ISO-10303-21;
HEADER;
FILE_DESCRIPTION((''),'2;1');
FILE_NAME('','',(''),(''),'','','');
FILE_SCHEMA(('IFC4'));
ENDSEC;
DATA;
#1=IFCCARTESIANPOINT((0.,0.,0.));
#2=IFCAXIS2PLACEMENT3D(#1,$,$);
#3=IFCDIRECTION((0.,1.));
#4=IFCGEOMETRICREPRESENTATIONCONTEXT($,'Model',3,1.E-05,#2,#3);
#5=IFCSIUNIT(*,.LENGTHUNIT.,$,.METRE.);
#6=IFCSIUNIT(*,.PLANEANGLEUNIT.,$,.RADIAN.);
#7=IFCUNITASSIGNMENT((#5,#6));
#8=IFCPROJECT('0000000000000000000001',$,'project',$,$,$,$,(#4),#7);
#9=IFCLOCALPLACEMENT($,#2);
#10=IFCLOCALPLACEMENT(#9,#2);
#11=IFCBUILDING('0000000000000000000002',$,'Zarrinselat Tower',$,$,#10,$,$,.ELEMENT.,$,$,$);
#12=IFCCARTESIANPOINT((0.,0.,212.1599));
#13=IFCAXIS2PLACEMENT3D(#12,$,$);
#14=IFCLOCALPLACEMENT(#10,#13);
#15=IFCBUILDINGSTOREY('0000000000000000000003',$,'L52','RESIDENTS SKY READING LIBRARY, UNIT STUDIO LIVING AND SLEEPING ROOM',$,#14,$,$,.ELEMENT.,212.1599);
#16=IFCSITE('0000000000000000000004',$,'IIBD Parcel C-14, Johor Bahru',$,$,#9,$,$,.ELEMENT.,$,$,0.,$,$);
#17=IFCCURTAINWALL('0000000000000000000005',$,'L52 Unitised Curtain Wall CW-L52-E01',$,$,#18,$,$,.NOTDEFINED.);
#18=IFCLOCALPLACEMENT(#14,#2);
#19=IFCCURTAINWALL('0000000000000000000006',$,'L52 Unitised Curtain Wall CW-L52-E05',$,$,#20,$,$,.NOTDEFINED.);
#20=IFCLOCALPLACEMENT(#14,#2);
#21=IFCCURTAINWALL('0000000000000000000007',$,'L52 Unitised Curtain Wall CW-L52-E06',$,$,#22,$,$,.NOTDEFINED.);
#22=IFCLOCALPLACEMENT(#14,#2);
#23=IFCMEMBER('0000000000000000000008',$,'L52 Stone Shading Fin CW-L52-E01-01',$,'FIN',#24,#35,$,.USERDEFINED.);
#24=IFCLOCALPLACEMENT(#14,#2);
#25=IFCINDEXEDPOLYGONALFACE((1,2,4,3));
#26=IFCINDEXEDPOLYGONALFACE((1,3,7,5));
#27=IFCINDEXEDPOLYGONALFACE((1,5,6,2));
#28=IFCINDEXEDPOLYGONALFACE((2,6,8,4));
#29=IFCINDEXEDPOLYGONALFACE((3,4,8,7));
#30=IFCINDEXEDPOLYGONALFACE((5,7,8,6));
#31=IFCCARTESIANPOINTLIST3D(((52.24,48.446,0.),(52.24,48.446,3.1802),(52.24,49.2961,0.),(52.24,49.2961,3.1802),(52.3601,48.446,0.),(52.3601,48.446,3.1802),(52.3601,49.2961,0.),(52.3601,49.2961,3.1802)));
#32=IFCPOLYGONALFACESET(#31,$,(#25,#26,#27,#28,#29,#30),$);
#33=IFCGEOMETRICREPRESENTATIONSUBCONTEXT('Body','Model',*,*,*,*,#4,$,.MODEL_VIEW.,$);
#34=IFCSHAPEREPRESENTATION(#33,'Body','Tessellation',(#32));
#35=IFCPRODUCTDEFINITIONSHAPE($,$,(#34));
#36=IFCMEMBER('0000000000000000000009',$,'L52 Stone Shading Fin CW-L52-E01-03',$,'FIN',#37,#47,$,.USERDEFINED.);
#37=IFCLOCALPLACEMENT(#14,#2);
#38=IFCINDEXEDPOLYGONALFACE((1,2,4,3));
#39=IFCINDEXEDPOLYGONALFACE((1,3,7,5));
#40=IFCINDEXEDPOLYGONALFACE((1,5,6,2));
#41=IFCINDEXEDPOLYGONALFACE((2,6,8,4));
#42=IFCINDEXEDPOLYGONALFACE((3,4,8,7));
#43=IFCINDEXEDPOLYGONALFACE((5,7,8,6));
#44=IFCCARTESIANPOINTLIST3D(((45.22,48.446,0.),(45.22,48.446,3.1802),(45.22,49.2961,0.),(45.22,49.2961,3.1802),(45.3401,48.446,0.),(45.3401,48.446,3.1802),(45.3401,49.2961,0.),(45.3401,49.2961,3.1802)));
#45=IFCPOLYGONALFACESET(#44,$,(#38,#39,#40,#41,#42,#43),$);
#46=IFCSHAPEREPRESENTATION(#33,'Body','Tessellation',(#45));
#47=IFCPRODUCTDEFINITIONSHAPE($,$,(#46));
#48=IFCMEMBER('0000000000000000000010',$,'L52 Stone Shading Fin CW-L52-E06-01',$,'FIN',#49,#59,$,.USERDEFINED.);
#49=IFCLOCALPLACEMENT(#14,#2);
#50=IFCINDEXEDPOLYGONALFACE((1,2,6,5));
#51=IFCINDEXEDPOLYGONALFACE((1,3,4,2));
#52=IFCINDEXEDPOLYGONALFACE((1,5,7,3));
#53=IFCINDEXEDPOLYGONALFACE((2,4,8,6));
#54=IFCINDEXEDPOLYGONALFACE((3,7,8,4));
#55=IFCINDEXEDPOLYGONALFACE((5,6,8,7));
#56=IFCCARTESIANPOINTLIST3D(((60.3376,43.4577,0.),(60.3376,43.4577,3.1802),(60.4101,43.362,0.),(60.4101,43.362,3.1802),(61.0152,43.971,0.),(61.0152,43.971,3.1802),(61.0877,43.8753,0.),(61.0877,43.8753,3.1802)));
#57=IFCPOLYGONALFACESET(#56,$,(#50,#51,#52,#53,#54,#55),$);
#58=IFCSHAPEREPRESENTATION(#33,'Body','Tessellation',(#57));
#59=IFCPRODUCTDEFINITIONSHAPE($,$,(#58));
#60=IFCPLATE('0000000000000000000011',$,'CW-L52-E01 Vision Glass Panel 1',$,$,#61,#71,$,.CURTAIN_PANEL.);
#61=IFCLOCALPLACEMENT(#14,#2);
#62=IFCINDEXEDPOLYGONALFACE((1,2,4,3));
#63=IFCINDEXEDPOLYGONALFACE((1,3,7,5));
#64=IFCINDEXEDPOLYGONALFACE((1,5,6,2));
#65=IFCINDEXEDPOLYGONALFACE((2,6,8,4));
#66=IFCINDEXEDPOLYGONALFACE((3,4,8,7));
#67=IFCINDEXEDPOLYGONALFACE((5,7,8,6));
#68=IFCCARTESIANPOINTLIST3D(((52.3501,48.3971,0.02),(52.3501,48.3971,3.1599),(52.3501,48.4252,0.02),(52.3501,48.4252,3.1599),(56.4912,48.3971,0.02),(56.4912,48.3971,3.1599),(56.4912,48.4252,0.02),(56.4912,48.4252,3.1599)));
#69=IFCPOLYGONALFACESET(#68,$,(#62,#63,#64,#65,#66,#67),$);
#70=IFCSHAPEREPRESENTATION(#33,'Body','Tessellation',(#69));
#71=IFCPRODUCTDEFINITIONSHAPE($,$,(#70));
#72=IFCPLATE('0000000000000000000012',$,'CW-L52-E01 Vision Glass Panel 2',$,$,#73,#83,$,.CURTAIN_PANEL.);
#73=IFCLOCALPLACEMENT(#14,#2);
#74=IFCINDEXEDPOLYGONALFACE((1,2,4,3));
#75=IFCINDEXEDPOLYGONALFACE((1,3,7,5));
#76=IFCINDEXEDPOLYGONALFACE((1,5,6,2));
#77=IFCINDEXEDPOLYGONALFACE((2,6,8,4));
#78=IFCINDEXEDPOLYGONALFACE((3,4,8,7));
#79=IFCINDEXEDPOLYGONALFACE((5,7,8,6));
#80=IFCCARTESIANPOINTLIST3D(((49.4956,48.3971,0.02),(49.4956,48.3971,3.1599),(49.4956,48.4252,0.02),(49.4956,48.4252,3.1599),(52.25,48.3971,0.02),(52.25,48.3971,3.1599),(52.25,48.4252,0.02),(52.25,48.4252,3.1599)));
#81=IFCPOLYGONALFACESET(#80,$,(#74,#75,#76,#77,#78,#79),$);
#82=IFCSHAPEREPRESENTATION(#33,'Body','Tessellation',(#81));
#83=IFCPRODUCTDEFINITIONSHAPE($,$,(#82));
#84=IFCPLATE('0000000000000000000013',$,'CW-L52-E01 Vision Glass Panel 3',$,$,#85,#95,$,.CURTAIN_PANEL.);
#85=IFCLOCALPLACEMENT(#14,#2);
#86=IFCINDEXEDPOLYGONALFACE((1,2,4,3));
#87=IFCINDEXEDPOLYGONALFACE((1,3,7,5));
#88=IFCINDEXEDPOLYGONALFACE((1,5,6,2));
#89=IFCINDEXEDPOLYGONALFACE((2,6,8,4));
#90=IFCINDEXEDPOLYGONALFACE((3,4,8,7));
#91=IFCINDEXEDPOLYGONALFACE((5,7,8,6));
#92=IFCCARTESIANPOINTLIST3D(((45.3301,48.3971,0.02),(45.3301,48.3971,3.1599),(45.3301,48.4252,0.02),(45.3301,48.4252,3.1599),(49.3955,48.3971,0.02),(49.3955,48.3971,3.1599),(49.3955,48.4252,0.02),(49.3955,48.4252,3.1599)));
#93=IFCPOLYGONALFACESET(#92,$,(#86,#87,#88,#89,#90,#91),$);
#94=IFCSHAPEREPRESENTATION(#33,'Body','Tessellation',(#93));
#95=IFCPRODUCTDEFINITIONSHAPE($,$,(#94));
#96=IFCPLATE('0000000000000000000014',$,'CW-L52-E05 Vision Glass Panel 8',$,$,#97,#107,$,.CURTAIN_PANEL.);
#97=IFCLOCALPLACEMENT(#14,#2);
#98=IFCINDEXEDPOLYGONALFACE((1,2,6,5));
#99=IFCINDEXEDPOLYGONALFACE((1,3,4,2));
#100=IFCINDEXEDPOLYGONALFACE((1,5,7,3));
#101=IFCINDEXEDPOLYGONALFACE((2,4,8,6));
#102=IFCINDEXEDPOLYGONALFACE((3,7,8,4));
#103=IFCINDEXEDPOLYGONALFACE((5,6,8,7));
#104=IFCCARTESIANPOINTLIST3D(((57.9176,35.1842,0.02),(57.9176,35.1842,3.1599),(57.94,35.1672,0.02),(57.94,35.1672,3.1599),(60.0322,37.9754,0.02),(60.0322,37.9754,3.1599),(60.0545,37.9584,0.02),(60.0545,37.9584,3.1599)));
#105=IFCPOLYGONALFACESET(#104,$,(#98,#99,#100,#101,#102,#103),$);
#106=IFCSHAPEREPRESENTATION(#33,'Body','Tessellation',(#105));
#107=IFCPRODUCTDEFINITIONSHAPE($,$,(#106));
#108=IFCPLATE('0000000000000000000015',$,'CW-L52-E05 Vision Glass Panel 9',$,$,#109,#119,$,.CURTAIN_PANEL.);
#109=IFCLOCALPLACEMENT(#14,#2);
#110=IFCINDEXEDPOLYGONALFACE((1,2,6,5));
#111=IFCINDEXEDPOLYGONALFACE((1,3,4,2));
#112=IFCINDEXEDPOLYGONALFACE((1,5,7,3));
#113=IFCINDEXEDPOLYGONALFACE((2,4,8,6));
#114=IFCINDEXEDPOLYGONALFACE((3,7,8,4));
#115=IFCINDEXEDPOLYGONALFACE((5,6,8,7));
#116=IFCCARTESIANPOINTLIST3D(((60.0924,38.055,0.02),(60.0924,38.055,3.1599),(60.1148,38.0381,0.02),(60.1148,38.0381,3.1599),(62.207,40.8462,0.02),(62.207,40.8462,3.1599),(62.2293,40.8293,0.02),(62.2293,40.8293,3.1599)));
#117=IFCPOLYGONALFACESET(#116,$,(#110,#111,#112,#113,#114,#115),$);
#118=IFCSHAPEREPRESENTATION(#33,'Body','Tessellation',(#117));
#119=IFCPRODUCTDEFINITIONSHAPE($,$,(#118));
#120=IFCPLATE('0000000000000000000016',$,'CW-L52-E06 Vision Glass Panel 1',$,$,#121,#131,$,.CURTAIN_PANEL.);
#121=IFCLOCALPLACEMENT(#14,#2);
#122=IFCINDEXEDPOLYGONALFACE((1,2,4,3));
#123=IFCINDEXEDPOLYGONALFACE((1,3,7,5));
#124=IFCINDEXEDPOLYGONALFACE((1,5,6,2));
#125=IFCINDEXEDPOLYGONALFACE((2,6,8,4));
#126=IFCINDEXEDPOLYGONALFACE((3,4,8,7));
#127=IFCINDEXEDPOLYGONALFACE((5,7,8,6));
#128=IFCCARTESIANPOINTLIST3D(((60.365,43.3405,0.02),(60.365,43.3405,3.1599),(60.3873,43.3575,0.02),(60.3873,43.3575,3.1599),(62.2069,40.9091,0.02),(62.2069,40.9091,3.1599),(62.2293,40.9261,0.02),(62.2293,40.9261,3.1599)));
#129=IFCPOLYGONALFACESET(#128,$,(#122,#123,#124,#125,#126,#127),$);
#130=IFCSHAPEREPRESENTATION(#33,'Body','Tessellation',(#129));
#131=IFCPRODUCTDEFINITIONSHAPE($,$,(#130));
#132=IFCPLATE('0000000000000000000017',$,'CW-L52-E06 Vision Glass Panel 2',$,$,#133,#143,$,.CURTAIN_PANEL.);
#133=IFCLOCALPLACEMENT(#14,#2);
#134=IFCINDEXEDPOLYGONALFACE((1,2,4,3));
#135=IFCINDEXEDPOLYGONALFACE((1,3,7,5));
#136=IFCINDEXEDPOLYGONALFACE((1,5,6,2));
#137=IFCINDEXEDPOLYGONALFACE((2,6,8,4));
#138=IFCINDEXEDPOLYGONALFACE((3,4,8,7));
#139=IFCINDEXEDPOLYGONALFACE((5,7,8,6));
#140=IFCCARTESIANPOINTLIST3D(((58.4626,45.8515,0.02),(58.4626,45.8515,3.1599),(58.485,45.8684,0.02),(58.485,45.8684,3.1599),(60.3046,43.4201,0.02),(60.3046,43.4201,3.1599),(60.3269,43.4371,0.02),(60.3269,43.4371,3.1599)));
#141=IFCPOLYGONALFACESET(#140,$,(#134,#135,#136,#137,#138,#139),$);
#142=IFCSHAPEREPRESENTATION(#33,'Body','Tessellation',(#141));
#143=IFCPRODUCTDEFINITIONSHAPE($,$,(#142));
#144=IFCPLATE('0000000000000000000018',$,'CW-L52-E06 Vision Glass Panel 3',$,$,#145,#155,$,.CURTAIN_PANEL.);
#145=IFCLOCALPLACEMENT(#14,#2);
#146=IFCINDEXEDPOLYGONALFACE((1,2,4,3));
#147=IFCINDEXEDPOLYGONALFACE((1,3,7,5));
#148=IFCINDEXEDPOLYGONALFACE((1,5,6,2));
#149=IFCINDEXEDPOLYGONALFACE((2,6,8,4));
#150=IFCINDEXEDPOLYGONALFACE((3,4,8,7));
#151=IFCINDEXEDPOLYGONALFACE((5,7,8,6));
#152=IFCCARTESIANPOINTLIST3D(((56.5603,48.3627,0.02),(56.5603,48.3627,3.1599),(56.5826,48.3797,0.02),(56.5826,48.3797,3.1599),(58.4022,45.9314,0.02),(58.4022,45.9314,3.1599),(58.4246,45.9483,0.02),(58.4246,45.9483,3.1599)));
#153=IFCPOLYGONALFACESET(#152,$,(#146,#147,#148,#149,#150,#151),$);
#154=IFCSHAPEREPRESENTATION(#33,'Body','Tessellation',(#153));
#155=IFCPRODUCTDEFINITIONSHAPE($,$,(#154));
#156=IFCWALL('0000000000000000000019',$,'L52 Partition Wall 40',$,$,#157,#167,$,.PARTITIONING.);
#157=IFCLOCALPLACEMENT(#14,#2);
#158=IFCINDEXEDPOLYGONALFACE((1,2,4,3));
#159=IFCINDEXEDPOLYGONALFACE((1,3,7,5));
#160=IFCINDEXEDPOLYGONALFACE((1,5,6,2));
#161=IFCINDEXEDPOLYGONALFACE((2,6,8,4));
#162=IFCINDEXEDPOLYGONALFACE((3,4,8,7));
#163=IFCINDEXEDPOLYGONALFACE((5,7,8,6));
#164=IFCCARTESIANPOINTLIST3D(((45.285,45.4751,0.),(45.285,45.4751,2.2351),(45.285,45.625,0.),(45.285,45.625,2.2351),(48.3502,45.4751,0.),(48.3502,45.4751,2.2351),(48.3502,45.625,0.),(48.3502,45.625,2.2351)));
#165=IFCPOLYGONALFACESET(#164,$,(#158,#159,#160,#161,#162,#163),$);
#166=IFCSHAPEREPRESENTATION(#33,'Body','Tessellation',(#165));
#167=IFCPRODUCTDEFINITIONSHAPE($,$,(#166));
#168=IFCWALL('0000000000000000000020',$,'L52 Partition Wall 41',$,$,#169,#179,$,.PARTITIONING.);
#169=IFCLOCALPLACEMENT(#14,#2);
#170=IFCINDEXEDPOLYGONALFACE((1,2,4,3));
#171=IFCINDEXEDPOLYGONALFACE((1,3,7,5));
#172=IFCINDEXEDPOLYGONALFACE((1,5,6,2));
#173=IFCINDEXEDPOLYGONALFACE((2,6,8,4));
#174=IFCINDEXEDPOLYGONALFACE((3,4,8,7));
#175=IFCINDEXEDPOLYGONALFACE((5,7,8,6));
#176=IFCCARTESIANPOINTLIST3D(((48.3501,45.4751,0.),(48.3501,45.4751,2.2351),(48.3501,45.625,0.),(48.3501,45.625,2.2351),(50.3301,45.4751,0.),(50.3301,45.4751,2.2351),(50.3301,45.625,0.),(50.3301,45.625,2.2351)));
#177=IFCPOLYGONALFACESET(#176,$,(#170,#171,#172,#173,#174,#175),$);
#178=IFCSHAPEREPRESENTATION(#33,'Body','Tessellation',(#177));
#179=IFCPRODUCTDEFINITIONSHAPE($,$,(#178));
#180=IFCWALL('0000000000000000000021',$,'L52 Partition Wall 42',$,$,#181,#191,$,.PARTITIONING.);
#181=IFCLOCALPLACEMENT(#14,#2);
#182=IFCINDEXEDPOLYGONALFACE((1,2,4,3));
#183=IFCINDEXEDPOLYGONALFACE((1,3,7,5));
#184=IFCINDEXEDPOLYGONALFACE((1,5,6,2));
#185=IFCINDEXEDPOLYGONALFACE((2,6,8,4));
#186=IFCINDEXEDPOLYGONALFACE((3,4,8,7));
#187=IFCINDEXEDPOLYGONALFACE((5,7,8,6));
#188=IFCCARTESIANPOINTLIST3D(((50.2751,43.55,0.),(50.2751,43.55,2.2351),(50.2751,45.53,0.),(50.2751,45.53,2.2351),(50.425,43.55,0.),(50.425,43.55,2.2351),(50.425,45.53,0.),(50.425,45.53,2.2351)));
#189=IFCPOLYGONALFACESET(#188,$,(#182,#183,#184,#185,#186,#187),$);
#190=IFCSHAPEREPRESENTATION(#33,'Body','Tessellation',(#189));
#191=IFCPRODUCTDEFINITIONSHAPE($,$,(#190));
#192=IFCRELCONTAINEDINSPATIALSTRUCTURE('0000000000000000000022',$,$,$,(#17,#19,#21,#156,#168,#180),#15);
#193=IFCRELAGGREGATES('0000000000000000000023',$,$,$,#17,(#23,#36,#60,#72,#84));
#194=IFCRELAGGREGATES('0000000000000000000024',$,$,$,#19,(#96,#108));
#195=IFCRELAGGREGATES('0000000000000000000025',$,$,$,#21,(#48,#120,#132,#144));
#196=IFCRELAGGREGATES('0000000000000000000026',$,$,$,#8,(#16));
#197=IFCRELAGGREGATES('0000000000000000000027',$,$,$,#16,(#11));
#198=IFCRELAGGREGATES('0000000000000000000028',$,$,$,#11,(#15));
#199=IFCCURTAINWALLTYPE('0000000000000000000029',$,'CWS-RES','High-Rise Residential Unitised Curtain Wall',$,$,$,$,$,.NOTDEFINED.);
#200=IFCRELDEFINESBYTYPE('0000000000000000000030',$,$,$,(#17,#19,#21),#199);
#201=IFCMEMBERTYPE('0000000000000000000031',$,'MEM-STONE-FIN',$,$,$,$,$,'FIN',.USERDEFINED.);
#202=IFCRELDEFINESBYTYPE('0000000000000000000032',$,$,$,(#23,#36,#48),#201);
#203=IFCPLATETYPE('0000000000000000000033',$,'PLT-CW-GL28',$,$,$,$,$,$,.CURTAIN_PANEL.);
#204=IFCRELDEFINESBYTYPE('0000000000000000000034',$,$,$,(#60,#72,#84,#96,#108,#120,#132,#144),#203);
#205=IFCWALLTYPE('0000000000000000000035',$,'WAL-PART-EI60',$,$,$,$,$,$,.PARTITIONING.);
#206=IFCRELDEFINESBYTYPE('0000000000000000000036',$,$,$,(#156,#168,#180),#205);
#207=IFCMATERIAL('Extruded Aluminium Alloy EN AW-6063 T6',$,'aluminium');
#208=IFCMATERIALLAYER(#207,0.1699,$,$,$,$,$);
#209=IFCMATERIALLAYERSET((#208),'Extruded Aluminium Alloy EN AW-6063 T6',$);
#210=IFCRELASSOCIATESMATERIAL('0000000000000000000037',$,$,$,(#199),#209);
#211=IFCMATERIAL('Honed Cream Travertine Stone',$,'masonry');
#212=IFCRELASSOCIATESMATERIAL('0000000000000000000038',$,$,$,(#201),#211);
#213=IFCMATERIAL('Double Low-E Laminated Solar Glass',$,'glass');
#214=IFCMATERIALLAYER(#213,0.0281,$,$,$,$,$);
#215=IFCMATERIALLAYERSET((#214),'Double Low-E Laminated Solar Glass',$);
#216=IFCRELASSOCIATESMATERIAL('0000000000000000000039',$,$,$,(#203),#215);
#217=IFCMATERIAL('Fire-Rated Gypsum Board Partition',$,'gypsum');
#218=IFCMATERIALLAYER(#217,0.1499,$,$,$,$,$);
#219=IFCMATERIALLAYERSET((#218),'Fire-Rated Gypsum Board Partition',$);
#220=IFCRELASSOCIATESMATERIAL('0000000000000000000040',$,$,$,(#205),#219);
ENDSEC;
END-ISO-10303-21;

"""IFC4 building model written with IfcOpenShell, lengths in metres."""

from ifc_helpers import new_model, si_unit, direction, frame, frame_2d, origin, origin_2d, place, context, subcontext, project, spatial, rectangle, extrude, material, layer, layer_set, material_profile, profile_set, type_object, element, aggregate, save


model = new_model("IFC4")

# Units and contexts
model_context = context("Model", 3, precision=1e-05, world=origin(), true_north=direction((0.0, 1.0)))
body_context = subcontext(model_context, "Body", "Model", "MODEL_VIEW")
ifc_project = project(units=[si_unit("LENGTHUNIT", "METRE"), si_unit("PLANEANGLEUNIT", "RADIAN")], contexts=[model_context])

# Site, building, storey
site_placement = place(None, origin())
site = spatial("IfcSite", under=ifc_project, at=site_placement, Name="IIBD Parcel C-14, Johor Bahru", CompositionType="ELEMENT", RefElevation=0.0)
building_placement = place(site_placement, origin())
building = spatial("IfcBuilding", under=site, at=building_placement, Name="Zarrinselat Tower", CompositionType="ELEMENT")
storey_placement = place(building_placement, frame((0.0, 0.0, 212.1599)))
storey = spatial("IfcBuildingStorey", under=building, at=storey_placement, Name="L52", Description="RESIDENTS SKY READING LIBRARY, UNIT STUDIO LIVING AND SLEEPING ROOM", CompositionType="ELEMENT", Elevation=212.1599)

# Curtain walls
ifc_material_1 = material(Name="Extruded Aluminium Alloy EN AW-6063 T6", Category="aluminium")
ifc_layer_1 = layer(ifc_material_1, 0.1699)
ifc_layer_set_1 = layer_set([ifc_layer_1], Name="Extruded Aluminium Alloy EN AW-6063 T6")
curtain_wall_type = type_object("IfcCurtainWallType", Name="CWS-RES", Description="High-Rise Residential Unitised Curtain Wall", PredefinedType="NOTDEFINED", material=ifc_layer_set_1)
curtain_wall_1_placement = place(storey_placement, origin())
curtain_wall_1 = element("IfcCurtainWall", 1, at=curtain_wall_1_placement, inside=storey, type_object=curtain_wall_type, Name="L52 Unitised Curtain Wall CW-L52-E01", PredefinedType="NOTDEFINED")
curtain_wall_2_placement = place(storey_placement, origin())
curtain_wall_2 = element("IfcCurtainWall", 2, at=curtain_wall_2_placement, inside=storey, type_object=curtain_wall_type, Name="L52 Unitised Curtain Wall CW-L52-E05", PredefinedType="NOTDEFINED")
curtain_wall_3_placement = place(storey_placement, origin())
curtain_wall_3 = element("IfcCurtainWall", 3, at=curtain_wall_3_placement, inside=storey, type_object=curtain_wall_type, Name="L52 Unitised Curtain Wall CW-L52-E06", PredefinedType="NOTDEFINED")

# Members
ifc_material_2 = material(Name="Honed Cream Travertine Stone", Category="masonry")
ifc_material_profile_1 = material_profile(ifc_material_2, rectangle(XDim=0.1201, YDim=0.8501, at=origin_2d()), Name="FIN 850x120")
ifc_profile_set_1 = profile_set([ifc_material_profile_1], Name="Honed Cream Travertine Stone")
member_type_1 = type_object("IfcMemberType", Name="MEM-STONE-FIN", ElementType="FIN", PredefinedType="USERDEFINED", material=ifc_profile_set_1)
member_1_placement = place(storey_placement, frame((52.3, 48.8711, 0.0), z_axis=(0.0, 0.0, 1.0), x_axis=(1.0, 0.0, 0.0)))
member_1 = element("IfcMember", 4, at=member_1_placement, type_object=member_type_1, Name="L52 Stone Shading Fin CW-L52-E01-01", ObjectType="FIN", PredefinedType="USERDEFINED", context=body_context, shape_type="SweptSolid", body=[
    extrude(rectangle(XDim=0.1201, YDim=0.8501, at=origin_2d()), origin(), (0.0, 0.0, 1.0), 3.1802),
])
member_2_placement = place(storey_placement, frame((45.28, 48.8711, 0.0), z_axis=(0.0, 0.0, 1.0), x_axis=(1.0, 0.0, 0.0)))
member_2 = element("IfcMember", 5, at=member_2_placement, type_object=member_type_1, Name="L52 Stone Shading Fin CW-L52-E01-03", ObjectType="FIN", PredefinedType="USERDEFINED", context=body_context, shape_type="SweptSolid", body=[
    extrude(rectangle(XDim=0.1201, YDim=0.8501, at=origin_2d()), origin(), (0.0, 0.0, 1.0), 3.1802),
])
member_3_placement = place(storey_placement, frame((60.7126, 43.6665, 0.0), z_axis=(0.0, 0.0, 1.0), x_axis=(0.603858, -0.797092, 0.0)))
member_3 = element("IfcMember", 6, at=member_3_placement, type_object=member_type_1, Name="L52 Stone Shading Fin CW-L52-E06-01", ObjectType="FIN", PredefinedType="USERDEFINED", context=body_context, shape_type="SweptSolid", body=[
    extrude(rectangle(XDim=0.1201, YDim=0.8501, at=origin_2d()), origin(), (0.0, 0.0, 1.0), 3.1802),
])

# Plates
ifc_material_3 = material(Name="Double Low-E Laminated Solar Glass", Category="glass")
ifc_layer_2 = layer(ifc_material_3, 0.0281)
ifc_layer_set_2 = layer_set([ifc_layer_2], Name="Double Low-E Laminated Solar Glass")
plate_type = type_object("IfcPlateType", Name="PLT-CW-GL28", PredefinedType="CURTAIN_PANEL", material=ifc_layer_set_2)
plate_1_placement = place(storey_placement, frame((54.4207, 48.4111, 0.02), z_axis=(0.0, 0.0, 1.0), x_axis=(-1.0, 0.0, 0.0)))
plate_1 = element("IfcPlate", 7, at=plate_1_placement, type_object=plate_type, Name="CW-L52-E01 Vision Glass Panel 1", PredefinedType="CURTAIN_PANEL", context=body_context, shape_type="SweptSolid", body=[
    extrude(rectangle(XDim=4.1411, YDim=0.0281, at=origin_2d()), origin(), (0.0, 0.0, 1.0), 3.1399),
])
plate_2_placement = place(storey_placement, frame((50.8728, 48.4111, 0.02), z_axis=(0.0, 0.0, 1.0), x_axis=(-1.0, 0.0, 0.0)))
plate_2 = element("IfcPlate", 8, at=plate_2_placement, type_object=plate_type, Name="CW-L52-E01 Vision Glass Panel 2", PredefinedType="CURTAIN_PANEL", context=body_context, shape_type="SweptSolid", body=[
    extrude(rectangle(XDim=2.7544, YDim=0.0281, at=origin_2d()), origin(), (0.0, 0.0, 1.0), 3.1399),
])
plate_3_placement = place(storey_placement, frame((47.3628, 48.4111, 0.02), z_axis=(0.0, 0.0, 1.0), x_axis=(-1.0, 0.0, 0.0)))
plate_3 = element("IfcPlate", 9, at=plate_3_placement, type_object=plate_type, Name="CW-L52-E01 Vision Glass Panel 3", PredefinedType="CURTAIN_PANEL", context=body_context, shape_type="SweptSolid", body=[
    extrude(rectangle(XDim=4.0654, YDim=0.0281, at=origin_2d()), origin(), (0.0, 0.0, 1.0), 3.1399),
])
aggregate(curtain_wall_1, [member_1, member_2, plate_1, plate_2, plate_3])
plate_4_placement = place(storey_placement, frame((58.9861, 36.5713, 0.02), z_axis=(0.0, 0.0, 1.0), x_axis=(0.603859, 0.797091, 0.0)))
plate_4 = element("IfcPlate", 10, at=plate_4_placement, type_object=plate_type, Name="CW-L52-E05 Vision Glass Panel 8", PredefinedType="CURTAIN_PANEL", context=body_context, shape_type="SweptSolid", body=[
    extrude(rectangle(XDim=3.5017, YDim=0.0281, at=origin_2d()), origin(), (0.0, 0.0, 1.0), 3.1399),
])
plate_5_placement = place(storey_placement, frame((61.1609, 39.4421, 0.02), z_axis=(0.0, 0.0, 1.0), x_axis=(0.603859, 0.797091, 0.0)))
plate_5 = element("IfcPlate", 11, at=plate_5_placement, type_object=plate_type, Name="CW-L52-E05 Vision Glass Panel 9", PredefinedType="CURTAIN_PANEL", context=body_context, shape_type="SweptSolid", body=[
    extrude(rectangle(XDim=3.5017, YDim=0.0281, at=origin_2d()), origin(), (0.0, 0.0, 1.0), 3.1399),
])
aggregate(curtain_wall_2, [plate_4, plate_5])
plate_6_placement = place(storey_placement, frame((61.2971, 42.1333, 0.02), z_axis=(0.0, 0.0, 1.0), x_axis=(-0.603858, 0.797092, 0.0)))
plate_6 = element("IfcPlate", 12, at=plate_6_placement, type_object=plate_type, Name="CW-L52-E06 Vision Glass Panel 1", PredefinedType="CURTAIN_PANEL", context=body_context, shape_type="SweptSolid", body=[
    extrude(rectangle(XDim=3.0503, YDim=0.0281, at=origin_2d()), origin(), (0.0, 0.0, 1.0), 3.1399),
])
plate_7_placement = place(storey_placement, frame((59.3948, 44.6443, 0.02), z_axis=(0.0, 0.0, 1.0), x_axis=(-0.603858, 0.797092, 0.0)))
plate_7 = element("IfcPlate", 13, at=plate_7_placement, type_object=plate_type, Name="CW-L52-E06 Vision Glass Panel 2", PredefinedType="CURTAIN_PANEL", context=body_context, shape_type="SweptSolid", body=[
    extrude(rectangle(XDim=3.0503, YDim=0.0281, at=origin_2d()), origin(), (0.0, 0.0, 1.0), 3.1399),
])
plate_8_placement = place(storey_placement, frame((57.4924, 47.1555, 0.02), z_axis=(0.0, 0.0, 1.0), x_axis=(-0.603858, 0.797092, 0.0)))
plate_8 = element("IfcPlate", 14, at=plate_8_placement, type_object=plate_type, Name="CW-L52-E06 Vision Glass Panel 3", PredefinedType="CURTAIN_PANEL", context=body_context, shape_type="SweptSolid", body=[
    extrude(rectangle(XDim=3.0503, YDim=0.0281, at=origin_2d()), origin(), (0.0, 0.0, 1.0), 3.1399),
])
aggregate(curtain_wall_3, [member_3, plate_6, plate_7, plate_8])

# Walls
ifc_material_4 = material(Name="Fire-Rated Gypsum Board Partition", Category="gypsum")
ifc_layer_3 = layer(ifc_material_4, 0.1499)
ifc_layer_set_3 = layer_set([ifc_layer_3], Name="Fire-Rated Gypsum Board Partition")
wall_type = type_object("IfcWallType", Name="WAL-PART-EI60", PredefinedType="PARTITIONING", material=ifc_layer_set_3)
wall_placement = place(storey_placement, frame((45.2849, 45.55, 0.0), z_axis=(0.0, 0.0, 1.0), x_axis=(1.0, 0.0, 0.0)))
element("IfcWall", 15, at=wall_placement, inside=storey, type_object=wall_type, Name="L52 Partition Wall 40", PredefinedType="PARTITIONING", context=body_context, shape_type="SweptSolid", body=[
    extrude(rectangle(XDim=3.0652, YDim=0.1499, at=frame_2d((1.5327, 0.0))), origin(), (0.0, 0.0, 1.0), 2.2351),
])
for number, where, z_axis, x_axis, name in (
    (16, (48.3501, 45.55, 0.0), (0.0, 0.0, 1.0), (1.0, 0.0, 0.0), "L52 Partition Wall 41"),
    (17, (50.3501, 43.55, 0.0), (0.0, 0.0, 1.0), (0.0, 1.0, 0.0), "L52 Partition Wall 42"),
):
    element("IfcWall", number, at=place(storey_placement, frame(where, z_axis=z_axis, x_axis=x_axis)), inside=storey, type_object=wall_type, Name=name, PredefinedType="PARTITIONING", context=body_context, shape_type="SweptSolid", body=[
        extrude(rectangle(XDim=1.98, YDim=0.1499, at=frame_2d((0.99, 0.0))), origin(), (0.0, 0.0, 1.0), 2.2351),
    ])

save(model, "model.ifc")
